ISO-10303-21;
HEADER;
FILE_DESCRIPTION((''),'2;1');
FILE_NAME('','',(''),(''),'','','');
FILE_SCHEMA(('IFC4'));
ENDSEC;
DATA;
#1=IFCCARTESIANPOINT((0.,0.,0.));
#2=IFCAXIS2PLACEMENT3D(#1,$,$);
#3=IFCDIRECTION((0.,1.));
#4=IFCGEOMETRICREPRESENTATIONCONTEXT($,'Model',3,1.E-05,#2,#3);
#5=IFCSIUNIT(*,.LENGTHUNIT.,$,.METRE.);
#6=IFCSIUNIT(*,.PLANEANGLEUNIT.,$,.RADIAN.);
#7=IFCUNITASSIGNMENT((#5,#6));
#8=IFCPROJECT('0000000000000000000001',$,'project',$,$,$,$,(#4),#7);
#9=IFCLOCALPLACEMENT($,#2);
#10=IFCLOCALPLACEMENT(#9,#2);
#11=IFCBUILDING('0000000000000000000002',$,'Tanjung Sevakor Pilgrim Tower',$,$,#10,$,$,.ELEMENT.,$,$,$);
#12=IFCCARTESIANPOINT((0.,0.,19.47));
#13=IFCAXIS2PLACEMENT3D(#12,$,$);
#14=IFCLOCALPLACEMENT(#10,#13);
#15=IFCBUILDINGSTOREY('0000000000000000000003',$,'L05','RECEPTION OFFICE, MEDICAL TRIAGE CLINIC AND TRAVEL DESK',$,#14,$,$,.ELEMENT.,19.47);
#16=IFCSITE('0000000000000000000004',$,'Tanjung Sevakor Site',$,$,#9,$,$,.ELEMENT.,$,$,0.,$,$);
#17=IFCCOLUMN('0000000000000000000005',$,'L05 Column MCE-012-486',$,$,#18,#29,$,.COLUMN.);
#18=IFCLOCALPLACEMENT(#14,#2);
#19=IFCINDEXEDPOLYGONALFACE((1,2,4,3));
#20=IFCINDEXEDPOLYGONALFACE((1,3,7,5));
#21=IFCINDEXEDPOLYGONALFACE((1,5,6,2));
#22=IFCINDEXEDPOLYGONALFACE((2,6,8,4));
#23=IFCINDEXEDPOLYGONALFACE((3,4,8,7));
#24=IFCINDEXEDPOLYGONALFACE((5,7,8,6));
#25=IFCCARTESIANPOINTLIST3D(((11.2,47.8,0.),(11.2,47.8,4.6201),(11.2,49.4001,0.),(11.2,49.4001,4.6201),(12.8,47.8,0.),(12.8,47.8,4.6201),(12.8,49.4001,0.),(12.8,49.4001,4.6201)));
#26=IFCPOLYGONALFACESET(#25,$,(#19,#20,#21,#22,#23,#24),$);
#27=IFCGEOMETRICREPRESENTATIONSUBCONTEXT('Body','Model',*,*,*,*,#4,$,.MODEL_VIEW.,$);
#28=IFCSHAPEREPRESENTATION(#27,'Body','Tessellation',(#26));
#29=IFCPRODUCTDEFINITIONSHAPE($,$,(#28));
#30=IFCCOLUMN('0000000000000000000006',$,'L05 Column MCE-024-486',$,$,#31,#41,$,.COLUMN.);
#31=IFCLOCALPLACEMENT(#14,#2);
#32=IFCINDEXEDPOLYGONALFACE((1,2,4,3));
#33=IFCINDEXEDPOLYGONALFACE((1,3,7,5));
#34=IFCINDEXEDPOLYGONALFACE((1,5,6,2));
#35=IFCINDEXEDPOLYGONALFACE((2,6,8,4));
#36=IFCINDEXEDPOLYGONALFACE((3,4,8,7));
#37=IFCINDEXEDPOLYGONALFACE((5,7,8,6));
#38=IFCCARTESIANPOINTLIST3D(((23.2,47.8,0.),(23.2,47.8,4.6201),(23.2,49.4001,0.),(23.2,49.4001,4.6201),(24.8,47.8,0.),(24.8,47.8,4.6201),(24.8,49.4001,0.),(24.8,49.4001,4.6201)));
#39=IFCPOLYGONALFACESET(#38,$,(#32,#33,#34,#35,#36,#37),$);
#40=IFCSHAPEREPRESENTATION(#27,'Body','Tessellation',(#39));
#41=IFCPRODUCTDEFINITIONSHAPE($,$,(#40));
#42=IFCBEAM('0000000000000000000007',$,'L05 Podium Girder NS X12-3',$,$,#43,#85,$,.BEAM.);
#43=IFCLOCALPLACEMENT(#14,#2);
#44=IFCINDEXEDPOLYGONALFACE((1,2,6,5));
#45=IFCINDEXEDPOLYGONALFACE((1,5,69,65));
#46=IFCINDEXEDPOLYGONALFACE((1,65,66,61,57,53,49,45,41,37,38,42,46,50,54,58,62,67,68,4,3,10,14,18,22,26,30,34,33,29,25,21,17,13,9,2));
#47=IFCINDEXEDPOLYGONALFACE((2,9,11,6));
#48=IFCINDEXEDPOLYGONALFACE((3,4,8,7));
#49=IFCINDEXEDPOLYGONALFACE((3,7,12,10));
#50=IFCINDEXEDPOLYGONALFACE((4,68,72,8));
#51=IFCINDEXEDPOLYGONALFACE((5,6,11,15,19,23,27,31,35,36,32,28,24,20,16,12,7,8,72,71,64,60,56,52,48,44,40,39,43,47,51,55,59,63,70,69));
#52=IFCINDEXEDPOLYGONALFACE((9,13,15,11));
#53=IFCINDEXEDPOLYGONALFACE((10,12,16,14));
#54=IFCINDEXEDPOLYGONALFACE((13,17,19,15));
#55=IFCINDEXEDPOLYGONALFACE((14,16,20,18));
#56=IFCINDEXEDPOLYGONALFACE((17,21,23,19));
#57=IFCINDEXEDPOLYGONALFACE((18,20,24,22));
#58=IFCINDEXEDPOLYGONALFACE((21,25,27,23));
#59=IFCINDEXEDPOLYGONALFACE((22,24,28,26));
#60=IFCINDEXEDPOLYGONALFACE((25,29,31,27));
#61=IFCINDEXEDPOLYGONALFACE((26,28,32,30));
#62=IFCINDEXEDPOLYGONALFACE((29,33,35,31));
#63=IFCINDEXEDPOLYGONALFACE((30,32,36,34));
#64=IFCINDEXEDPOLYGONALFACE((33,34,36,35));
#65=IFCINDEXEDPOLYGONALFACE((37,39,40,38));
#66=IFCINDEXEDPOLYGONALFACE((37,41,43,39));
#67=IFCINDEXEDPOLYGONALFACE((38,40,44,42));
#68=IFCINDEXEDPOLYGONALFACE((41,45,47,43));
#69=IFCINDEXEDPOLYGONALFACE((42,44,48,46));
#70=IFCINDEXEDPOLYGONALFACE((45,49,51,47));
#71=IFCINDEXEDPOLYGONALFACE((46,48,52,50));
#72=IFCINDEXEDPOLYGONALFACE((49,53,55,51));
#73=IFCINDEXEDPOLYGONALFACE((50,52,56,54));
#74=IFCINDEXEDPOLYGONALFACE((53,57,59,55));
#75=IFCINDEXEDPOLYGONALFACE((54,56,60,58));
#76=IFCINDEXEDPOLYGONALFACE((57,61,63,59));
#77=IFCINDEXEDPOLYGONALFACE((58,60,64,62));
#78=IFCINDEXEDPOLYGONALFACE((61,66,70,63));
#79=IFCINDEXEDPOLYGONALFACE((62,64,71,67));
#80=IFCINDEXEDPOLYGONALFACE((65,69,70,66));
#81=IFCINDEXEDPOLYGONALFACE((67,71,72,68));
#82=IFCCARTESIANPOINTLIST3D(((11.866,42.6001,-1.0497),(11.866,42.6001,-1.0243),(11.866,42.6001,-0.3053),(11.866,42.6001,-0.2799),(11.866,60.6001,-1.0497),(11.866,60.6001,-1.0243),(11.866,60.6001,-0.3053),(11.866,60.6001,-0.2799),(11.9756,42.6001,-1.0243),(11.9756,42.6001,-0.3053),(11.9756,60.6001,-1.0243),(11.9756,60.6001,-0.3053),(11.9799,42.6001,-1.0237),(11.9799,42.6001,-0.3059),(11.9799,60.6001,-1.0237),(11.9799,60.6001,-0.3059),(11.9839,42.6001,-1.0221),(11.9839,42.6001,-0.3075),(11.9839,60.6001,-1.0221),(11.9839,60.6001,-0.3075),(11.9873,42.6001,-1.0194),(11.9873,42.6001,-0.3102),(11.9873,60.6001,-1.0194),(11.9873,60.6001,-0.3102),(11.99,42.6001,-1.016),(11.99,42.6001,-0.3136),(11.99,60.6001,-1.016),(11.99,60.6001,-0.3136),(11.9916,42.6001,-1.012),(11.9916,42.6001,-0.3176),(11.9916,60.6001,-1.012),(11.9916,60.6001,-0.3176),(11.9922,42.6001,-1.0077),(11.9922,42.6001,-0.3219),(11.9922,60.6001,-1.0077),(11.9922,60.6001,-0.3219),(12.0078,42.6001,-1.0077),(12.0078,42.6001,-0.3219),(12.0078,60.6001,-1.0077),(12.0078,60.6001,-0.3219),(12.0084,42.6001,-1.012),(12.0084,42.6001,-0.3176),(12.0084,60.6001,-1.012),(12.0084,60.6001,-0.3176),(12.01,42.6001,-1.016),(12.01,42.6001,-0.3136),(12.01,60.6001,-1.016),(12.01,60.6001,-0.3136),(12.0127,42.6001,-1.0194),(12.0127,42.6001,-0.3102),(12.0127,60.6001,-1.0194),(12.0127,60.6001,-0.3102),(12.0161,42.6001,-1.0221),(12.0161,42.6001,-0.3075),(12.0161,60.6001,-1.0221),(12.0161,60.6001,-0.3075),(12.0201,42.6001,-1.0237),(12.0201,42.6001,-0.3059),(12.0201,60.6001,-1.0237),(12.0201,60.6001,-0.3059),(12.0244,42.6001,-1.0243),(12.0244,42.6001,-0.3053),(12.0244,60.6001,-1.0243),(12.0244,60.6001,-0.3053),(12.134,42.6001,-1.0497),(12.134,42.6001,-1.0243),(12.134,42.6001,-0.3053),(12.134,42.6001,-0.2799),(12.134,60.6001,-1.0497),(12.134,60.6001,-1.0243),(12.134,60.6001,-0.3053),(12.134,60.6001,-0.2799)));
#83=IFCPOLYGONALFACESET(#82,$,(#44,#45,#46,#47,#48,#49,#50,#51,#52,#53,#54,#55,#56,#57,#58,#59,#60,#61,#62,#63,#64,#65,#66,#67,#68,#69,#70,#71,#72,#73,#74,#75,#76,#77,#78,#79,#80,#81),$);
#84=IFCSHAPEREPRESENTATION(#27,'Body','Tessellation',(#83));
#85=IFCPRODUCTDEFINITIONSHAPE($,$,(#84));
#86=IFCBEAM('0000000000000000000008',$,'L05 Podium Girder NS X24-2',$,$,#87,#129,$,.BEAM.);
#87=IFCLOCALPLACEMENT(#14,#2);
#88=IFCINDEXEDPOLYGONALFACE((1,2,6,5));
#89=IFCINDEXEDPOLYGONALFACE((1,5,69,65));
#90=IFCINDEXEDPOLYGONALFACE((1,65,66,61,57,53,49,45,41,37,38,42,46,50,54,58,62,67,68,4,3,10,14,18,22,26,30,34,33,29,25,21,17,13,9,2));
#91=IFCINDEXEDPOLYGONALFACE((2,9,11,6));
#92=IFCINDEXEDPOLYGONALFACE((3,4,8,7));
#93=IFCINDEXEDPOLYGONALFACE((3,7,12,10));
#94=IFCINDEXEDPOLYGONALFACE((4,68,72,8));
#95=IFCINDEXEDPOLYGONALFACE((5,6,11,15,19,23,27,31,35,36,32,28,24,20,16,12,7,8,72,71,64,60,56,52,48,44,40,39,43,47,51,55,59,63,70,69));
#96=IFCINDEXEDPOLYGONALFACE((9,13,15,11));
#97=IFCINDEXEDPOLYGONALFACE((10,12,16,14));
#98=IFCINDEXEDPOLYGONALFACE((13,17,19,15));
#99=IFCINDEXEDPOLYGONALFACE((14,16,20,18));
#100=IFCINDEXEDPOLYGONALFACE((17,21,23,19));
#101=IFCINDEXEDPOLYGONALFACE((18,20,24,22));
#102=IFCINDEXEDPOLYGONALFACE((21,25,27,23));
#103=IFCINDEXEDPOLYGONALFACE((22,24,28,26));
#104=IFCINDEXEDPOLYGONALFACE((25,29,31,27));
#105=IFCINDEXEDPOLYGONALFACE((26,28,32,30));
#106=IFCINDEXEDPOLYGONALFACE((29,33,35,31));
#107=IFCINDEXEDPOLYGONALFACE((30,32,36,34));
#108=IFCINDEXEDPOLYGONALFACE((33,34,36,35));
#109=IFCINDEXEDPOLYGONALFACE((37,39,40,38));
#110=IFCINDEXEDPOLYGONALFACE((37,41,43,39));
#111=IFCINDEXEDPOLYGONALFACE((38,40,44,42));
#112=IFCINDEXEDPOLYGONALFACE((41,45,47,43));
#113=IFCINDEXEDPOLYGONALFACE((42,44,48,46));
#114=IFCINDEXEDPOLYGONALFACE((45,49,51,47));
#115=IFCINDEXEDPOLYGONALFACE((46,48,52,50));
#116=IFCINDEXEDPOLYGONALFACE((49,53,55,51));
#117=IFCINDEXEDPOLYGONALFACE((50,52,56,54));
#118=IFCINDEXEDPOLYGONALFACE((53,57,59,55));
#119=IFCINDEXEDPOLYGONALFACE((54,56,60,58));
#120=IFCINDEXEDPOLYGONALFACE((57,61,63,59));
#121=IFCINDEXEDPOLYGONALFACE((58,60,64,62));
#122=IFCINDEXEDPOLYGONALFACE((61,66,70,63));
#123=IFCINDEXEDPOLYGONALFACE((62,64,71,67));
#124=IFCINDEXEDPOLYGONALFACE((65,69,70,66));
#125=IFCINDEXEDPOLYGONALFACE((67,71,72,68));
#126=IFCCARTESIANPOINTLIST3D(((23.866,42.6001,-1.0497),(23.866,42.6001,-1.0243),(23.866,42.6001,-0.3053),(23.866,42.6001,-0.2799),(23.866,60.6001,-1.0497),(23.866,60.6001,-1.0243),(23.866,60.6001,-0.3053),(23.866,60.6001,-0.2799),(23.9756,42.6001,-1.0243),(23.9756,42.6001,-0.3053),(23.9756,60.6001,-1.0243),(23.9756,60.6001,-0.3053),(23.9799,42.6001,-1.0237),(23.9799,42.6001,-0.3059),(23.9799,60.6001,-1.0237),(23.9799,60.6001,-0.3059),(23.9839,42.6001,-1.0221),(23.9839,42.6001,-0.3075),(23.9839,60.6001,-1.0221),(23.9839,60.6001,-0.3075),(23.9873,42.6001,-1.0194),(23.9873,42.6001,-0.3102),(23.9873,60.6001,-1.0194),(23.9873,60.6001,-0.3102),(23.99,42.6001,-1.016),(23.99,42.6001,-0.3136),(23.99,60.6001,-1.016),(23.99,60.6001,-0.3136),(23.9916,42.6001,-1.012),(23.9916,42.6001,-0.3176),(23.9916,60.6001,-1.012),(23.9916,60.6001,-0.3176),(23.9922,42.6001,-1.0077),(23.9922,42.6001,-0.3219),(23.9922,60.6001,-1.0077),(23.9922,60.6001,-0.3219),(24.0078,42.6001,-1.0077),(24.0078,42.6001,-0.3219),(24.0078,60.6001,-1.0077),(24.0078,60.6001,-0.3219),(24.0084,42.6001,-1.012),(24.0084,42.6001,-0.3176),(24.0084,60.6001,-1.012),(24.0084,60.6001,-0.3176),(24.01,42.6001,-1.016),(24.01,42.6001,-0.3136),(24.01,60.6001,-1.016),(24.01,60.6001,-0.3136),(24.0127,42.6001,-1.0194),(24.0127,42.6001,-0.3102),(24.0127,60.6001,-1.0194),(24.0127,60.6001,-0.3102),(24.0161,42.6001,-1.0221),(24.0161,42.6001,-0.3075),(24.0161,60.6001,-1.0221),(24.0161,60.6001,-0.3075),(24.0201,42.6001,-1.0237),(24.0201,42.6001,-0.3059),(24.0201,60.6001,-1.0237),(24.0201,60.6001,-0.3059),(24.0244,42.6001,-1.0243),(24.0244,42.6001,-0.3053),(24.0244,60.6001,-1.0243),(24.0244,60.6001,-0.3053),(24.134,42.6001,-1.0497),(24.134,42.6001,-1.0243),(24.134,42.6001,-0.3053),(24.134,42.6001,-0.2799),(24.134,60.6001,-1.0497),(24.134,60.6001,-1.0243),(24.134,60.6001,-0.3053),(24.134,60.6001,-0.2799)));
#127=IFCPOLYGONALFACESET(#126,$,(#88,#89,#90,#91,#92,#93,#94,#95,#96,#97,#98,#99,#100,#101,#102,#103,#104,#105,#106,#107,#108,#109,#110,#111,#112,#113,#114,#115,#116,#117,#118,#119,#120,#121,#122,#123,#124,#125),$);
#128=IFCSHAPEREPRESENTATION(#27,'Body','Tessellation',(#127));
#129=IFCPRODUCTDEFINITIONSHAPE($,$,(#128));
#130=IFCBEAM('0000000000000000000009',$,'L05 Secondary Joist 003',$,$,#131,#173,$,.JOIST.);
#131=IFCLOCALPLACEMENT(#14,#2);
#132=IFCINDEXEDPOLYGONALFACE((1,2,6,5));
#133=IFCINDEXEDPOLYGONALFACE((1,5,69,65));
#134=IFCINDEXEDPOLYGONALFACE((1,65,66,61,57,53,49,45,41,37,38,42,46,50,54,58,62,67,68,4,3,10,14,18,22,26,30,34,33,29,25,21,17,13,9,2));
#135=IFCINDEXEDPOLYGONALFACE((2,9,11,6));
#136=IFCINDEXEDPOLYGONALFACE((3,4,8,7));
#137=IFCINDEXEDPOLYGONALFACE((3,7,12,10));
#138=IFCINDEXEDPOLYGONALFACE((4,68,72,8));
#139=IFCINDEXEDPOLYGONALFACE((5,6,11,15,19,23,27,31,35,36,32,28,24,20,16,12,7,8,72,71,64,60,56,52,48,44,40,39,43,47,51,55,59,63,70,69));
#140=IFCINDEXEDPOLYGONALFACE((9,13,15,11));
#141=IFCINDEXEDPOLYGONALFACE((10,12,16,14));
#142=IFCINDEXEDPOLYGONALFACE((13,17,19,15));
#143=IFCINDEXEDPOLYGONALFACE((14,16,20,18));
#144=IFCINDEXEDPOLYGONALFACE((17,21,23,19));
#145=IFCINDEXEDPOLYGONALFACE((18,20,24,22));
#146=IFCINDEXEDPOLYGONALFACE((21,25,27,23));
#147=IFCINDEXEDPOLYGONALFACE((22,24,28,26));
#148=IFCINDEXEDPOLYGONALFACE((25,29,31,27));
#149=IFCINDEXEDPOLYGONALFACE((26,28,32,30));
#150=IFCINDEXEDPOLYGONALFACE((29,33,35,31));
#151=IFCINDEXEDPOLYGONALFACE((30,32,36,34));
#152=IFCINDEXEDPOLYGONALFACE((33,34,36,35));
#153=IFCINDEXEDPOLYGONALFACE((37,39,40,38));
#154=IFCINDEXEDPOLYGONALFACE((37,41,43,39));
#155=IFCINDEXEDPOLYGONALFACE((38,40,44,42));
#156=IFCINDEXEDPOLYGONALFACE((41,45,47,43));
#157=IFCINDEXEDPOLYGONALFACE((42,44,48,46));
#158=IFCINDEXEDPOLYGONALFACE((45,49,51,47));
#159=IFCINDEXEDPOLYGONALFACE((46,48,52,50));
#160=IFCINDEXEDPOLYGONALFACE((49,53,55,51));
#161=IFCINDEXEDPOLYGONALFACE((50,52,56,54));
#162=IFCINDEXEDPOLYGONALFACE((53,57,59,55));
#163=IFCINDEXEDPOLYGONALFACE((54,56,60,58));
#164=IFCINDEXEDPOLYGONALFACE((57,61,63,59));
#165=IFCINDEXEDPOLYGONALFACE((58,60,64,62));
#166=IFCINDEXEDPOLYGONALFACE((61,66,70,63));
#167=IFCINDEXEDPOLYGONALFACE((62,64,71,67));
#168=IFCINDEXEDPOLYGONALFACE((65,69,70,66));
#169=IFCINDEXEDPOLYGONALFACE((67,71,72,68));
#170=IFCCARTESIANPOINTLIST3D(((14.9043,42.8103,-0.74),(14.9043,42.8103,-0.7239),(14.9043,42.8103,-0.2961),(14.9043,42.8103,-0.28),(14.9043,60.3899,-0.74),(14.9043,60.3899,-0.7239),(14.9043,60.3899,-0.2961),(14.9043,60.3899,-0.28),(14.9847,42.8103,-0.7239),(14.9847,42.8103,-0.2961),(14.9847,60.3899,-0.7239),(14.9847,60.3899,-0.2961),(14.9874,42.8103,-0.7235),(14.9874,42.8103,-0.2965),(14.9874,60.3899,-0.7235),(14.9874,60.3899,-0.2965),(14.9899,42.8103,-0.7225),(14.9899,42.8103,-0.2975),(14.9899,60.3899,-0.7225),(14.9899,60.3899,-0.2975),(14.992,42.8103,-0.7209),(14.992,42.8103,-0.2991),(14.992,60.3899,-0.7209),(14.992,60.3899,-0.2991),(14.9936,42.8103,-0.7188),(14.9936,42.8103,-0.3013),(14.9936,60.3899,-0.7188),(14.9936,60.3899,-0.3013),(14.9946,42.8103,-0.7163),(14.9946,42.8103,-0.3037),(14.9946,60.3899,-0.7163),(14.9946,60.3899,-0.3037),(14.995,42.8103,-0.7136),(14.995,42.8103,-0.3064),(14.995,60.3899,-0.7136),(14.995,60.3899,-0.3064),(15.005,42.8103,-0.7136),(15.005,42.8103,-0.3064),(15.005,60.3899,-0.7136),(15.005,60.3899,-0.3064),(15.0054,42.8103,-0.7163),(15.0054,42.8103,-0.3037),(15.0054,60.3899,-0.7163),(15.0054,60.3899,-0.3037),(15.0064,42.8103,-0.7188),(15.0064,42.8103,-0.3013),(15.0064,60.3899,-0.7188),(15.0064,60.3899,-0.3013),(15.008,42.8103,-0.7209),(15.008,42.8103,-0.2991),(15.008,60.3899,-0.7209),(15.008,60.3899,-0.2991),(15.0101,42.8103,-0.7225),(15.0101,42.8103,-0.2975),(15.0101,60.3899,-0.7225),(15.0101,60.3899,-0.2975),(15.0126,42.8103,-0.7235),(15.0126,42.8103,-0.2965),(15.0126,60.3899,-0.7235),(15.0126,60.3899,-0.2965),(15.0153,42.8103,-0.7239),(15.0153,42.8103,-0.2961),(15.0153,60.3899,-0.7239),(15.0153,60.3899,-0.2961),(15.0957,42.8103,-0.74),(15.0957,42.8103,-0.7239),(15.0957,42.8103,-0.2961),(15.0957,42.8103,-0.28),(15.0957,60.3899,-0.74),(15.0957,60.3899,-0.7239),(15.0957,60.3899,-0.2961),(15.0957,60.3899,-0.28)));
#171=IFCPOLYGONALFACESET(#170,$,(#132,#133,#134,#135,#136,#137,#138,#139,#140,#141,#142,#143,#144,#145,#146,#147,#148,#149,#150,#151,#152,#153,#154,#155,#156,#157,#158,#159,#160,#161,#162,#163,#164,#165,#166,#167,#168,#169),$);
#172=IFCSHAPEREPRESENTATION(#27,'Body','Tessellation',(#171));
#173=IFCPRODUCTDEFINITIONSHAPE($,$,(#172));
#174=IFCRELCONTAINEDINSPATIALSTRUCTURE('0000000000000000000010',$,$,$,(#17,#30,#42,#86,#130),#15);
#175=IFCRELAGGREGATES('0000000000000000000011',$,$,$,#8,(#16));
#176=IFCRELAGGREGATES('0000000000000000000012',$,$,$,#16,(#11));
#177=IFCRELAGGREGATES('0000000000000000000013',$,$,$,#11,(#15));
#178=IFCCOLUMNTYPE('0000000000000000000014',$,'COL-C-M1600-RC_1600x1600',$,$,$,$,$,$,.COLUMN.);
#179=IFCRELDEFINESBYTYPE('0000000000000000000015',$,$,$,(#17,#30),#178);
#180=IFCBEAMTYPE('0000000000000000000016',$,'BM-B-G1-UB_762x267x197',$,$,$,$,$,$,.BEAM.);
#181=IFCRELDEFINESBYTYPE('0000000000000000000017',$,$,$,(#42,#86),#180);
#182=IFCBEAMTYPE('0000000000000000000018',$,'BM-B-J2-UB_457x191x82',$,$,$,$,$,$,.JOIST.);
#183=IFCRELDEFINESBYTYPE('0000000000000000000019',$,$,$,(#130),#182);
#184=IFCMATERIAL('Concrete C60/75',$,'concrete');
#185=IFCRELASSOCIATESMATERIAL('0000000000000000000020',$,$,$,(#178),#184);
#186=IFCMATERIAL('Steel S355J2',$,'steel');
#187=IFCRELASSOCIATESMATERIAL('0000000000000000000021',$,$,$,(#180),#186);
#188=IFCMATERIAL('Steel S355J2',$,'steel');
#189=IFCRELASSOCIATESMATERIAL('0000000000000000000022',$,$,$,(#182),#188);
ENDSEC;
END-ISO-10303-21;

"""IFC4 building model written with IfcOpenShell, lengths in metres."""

from ifc_helpers import new_model, si_unit, direction, frame, origin, origin_2d, place, context, subcontext, project, spatial, rectangle, i_section, extrude, material, material_profile, profile_set, type_object, element, save


model = new_model("IFC4")

# Units and contexts
model_context = context("Model", 3, precision=1e-05, world=origin(), true_north=direction((0.0, 1.0)))
body_context = subcontext(model_context, "Body", "Model", "MODEL_VIEW")
ifc_project = project(units=[si_unit("LENGTHUNIT", "METRE"), si_unit("PLANEANGLEUNIT", "RADIAN")], contexts=[model_context])

# Site, building, storey
site_placement = place(None, origin())
site = spatial("IfcSite", under=ifc_project, at=site_placement, Name="Tanjung Sevakor Site", CompositionType="ELEMENT", RefElevation=0.0)
building_placement = place(site_placement, origin())
building = spatial("IfcBuilding", under=site, at=building_placement, Name="Tanjung Sevakor Pilgrim Tower", CompositionType="ELEMENT")
storey_placement = place(building_placement, frame((0.0, 0.0, 19.47)))
storey = spatial("IfcBuildingStorey", under=building, at=storey_placement, Name="L05", Description="RECEPTION OFFICE, MEDICAL TRIAGE CLINIC AND TRAVEL DESK", CompositionType="ELEMENT", Elevation=19.47)

# Columns
ifc_material_1 = material(Name="Concrete C60/75", Category="concrete")
ifc_material_profile_1 = material_profile(ifc_material_1, rectangle(XDim=1.6001, YDim=1.6001, at=origin_2d()))
ifc_profile_set_1 = profile_set([ifc_material_profile_1], Name="Concrete C60/75")
column_type = type_object("IfcColumnType", Name="COL-C-M1600-RC_1600x1600", PredefinedType="COLUMN", material=ifc_profile_set_1)
for number, where, z_axis, x_axis, name in (
    (1, (12.0, 48.6001, 0.0), (0.0, 0.0, 1.0), (1.0, 0.0, 0.0), "L05 Column MCE-012-486"),
    (2, (24.0, 48.6001, 0.0), (0.0, 0.0, 1.0), (1.0, 0.0, 0.0), "L05 Column MCE-024-486"),
):
    element("IfcColumn", number, at=place(storey_placement, frame(where, z_axis=z_axis, x_axis=x_axis)), inside=storey, type_object=column_type, Name=name, PredefinedType="COLUMN", context=body_context, shape_type="SweptSolid", body=[
        extrude(rectangle(XDim=1.6001, YDim=1.6001, at=origin_2d()), origin(), (0.0, 0.0, 1.0), 4.6201),
    ])

# Beams
ifc_material_2 = material(Name="Steel S355J2", Category="steel")
ifc_material_profile_2 = material_profile(ifc_material_2, i_section(OverallWidth=0.2681, OverallDepth=0.7698, WebThickness=0.0156, FlangeThickness=0.0254, FilletRadius=0.0166, at=origin_2d()))
ifc_profile_set_2 = profile_set([ifc_material_profile_2], Name="Steel S355J2")
beam_type_1 = type_object("IfcBeamType", Name="BM-B-G1-UB_762x267x197", PredefinedType="BEAM", material=ifc_profile_set_2)
for number, where, z_axis, x_axis, name in (
    (3, (12.0, 42.6001, -0.6648), (0.0, 1.0, 0.0), (-1.0, 0.0, 0.0), "L05 Podium Girder NS X12-3"),
    (4, (24.0, 42.6001, -0.6648), (0.0, 1.0, 0.0), (-1.0, 0.0, 0.0), "L05 Podium Girder NS X24-2"),
):
    element("IfcBeam", number, at=place(storey_placement, frame(where, z_axis=z_axis, x_axis=x_axis)), inside=storey, type_object=beam_type_1, Name=name, PredefinedType="BEAM", context=body_context, shape_type="SweptSolid", body=[
        extrude(i_section(OverallWidth=0.2681, OverallDepth=0.7698, WebThickness=0.0156, FlangeThickness=0.0254, FilletRadius=0.0166, at=origin_2d()), origin(), (0.0, 0.0, 1.0), 18.0),
    ])
ifc_material_3 = material(Name="Steel S355J2", Category="steel")
ifc_material_profile_3 = material_profile(ifc_material_3, i_section(OverallWidth=0.1914, OverallDepth=0.46, WebThickness=0.01, FlangeThickness=0.0161, FilletRadius=0.0103, at=origin_2d()))
ifc_profile_set_3 = profile_set([ifc_material_profile_3], Name="Steel S355J2")
beam_type_2 = type_object("IfcBeamType", Name="BM-B-J2-UB_457x191x82", PredefinedType="JOIST", material=ifc_profile_set_3)
for number, where, z_axis, x_axis, name in (
    (5, (15.0, 42.8103, -0.51), (0.0, 1.0, 0.0), (-1.0, 0.0, 0.0), "L05 Secondary Joist 003"),
):
    element("IfcBeam", number, at=place(storey_placement, frame(where, z_axis=z_axis, x_axis=x_axis)), inside=storey, type_object=beam_type_2, Name=name, PredefinedType="JOIST", context=body_context, shape_type="SweptSolid", body=[
        extrude(i_section(OverallWidth=0.1914, OverallDepth=0.46, WebThickness=0.01, FlangeThickness=0.0161, FilletRadius=0.0103, at=origin_2d()), origin(), (0.0, 0.0, 1.0), 17.5796),
    ])

save(model, "model.ifc")
